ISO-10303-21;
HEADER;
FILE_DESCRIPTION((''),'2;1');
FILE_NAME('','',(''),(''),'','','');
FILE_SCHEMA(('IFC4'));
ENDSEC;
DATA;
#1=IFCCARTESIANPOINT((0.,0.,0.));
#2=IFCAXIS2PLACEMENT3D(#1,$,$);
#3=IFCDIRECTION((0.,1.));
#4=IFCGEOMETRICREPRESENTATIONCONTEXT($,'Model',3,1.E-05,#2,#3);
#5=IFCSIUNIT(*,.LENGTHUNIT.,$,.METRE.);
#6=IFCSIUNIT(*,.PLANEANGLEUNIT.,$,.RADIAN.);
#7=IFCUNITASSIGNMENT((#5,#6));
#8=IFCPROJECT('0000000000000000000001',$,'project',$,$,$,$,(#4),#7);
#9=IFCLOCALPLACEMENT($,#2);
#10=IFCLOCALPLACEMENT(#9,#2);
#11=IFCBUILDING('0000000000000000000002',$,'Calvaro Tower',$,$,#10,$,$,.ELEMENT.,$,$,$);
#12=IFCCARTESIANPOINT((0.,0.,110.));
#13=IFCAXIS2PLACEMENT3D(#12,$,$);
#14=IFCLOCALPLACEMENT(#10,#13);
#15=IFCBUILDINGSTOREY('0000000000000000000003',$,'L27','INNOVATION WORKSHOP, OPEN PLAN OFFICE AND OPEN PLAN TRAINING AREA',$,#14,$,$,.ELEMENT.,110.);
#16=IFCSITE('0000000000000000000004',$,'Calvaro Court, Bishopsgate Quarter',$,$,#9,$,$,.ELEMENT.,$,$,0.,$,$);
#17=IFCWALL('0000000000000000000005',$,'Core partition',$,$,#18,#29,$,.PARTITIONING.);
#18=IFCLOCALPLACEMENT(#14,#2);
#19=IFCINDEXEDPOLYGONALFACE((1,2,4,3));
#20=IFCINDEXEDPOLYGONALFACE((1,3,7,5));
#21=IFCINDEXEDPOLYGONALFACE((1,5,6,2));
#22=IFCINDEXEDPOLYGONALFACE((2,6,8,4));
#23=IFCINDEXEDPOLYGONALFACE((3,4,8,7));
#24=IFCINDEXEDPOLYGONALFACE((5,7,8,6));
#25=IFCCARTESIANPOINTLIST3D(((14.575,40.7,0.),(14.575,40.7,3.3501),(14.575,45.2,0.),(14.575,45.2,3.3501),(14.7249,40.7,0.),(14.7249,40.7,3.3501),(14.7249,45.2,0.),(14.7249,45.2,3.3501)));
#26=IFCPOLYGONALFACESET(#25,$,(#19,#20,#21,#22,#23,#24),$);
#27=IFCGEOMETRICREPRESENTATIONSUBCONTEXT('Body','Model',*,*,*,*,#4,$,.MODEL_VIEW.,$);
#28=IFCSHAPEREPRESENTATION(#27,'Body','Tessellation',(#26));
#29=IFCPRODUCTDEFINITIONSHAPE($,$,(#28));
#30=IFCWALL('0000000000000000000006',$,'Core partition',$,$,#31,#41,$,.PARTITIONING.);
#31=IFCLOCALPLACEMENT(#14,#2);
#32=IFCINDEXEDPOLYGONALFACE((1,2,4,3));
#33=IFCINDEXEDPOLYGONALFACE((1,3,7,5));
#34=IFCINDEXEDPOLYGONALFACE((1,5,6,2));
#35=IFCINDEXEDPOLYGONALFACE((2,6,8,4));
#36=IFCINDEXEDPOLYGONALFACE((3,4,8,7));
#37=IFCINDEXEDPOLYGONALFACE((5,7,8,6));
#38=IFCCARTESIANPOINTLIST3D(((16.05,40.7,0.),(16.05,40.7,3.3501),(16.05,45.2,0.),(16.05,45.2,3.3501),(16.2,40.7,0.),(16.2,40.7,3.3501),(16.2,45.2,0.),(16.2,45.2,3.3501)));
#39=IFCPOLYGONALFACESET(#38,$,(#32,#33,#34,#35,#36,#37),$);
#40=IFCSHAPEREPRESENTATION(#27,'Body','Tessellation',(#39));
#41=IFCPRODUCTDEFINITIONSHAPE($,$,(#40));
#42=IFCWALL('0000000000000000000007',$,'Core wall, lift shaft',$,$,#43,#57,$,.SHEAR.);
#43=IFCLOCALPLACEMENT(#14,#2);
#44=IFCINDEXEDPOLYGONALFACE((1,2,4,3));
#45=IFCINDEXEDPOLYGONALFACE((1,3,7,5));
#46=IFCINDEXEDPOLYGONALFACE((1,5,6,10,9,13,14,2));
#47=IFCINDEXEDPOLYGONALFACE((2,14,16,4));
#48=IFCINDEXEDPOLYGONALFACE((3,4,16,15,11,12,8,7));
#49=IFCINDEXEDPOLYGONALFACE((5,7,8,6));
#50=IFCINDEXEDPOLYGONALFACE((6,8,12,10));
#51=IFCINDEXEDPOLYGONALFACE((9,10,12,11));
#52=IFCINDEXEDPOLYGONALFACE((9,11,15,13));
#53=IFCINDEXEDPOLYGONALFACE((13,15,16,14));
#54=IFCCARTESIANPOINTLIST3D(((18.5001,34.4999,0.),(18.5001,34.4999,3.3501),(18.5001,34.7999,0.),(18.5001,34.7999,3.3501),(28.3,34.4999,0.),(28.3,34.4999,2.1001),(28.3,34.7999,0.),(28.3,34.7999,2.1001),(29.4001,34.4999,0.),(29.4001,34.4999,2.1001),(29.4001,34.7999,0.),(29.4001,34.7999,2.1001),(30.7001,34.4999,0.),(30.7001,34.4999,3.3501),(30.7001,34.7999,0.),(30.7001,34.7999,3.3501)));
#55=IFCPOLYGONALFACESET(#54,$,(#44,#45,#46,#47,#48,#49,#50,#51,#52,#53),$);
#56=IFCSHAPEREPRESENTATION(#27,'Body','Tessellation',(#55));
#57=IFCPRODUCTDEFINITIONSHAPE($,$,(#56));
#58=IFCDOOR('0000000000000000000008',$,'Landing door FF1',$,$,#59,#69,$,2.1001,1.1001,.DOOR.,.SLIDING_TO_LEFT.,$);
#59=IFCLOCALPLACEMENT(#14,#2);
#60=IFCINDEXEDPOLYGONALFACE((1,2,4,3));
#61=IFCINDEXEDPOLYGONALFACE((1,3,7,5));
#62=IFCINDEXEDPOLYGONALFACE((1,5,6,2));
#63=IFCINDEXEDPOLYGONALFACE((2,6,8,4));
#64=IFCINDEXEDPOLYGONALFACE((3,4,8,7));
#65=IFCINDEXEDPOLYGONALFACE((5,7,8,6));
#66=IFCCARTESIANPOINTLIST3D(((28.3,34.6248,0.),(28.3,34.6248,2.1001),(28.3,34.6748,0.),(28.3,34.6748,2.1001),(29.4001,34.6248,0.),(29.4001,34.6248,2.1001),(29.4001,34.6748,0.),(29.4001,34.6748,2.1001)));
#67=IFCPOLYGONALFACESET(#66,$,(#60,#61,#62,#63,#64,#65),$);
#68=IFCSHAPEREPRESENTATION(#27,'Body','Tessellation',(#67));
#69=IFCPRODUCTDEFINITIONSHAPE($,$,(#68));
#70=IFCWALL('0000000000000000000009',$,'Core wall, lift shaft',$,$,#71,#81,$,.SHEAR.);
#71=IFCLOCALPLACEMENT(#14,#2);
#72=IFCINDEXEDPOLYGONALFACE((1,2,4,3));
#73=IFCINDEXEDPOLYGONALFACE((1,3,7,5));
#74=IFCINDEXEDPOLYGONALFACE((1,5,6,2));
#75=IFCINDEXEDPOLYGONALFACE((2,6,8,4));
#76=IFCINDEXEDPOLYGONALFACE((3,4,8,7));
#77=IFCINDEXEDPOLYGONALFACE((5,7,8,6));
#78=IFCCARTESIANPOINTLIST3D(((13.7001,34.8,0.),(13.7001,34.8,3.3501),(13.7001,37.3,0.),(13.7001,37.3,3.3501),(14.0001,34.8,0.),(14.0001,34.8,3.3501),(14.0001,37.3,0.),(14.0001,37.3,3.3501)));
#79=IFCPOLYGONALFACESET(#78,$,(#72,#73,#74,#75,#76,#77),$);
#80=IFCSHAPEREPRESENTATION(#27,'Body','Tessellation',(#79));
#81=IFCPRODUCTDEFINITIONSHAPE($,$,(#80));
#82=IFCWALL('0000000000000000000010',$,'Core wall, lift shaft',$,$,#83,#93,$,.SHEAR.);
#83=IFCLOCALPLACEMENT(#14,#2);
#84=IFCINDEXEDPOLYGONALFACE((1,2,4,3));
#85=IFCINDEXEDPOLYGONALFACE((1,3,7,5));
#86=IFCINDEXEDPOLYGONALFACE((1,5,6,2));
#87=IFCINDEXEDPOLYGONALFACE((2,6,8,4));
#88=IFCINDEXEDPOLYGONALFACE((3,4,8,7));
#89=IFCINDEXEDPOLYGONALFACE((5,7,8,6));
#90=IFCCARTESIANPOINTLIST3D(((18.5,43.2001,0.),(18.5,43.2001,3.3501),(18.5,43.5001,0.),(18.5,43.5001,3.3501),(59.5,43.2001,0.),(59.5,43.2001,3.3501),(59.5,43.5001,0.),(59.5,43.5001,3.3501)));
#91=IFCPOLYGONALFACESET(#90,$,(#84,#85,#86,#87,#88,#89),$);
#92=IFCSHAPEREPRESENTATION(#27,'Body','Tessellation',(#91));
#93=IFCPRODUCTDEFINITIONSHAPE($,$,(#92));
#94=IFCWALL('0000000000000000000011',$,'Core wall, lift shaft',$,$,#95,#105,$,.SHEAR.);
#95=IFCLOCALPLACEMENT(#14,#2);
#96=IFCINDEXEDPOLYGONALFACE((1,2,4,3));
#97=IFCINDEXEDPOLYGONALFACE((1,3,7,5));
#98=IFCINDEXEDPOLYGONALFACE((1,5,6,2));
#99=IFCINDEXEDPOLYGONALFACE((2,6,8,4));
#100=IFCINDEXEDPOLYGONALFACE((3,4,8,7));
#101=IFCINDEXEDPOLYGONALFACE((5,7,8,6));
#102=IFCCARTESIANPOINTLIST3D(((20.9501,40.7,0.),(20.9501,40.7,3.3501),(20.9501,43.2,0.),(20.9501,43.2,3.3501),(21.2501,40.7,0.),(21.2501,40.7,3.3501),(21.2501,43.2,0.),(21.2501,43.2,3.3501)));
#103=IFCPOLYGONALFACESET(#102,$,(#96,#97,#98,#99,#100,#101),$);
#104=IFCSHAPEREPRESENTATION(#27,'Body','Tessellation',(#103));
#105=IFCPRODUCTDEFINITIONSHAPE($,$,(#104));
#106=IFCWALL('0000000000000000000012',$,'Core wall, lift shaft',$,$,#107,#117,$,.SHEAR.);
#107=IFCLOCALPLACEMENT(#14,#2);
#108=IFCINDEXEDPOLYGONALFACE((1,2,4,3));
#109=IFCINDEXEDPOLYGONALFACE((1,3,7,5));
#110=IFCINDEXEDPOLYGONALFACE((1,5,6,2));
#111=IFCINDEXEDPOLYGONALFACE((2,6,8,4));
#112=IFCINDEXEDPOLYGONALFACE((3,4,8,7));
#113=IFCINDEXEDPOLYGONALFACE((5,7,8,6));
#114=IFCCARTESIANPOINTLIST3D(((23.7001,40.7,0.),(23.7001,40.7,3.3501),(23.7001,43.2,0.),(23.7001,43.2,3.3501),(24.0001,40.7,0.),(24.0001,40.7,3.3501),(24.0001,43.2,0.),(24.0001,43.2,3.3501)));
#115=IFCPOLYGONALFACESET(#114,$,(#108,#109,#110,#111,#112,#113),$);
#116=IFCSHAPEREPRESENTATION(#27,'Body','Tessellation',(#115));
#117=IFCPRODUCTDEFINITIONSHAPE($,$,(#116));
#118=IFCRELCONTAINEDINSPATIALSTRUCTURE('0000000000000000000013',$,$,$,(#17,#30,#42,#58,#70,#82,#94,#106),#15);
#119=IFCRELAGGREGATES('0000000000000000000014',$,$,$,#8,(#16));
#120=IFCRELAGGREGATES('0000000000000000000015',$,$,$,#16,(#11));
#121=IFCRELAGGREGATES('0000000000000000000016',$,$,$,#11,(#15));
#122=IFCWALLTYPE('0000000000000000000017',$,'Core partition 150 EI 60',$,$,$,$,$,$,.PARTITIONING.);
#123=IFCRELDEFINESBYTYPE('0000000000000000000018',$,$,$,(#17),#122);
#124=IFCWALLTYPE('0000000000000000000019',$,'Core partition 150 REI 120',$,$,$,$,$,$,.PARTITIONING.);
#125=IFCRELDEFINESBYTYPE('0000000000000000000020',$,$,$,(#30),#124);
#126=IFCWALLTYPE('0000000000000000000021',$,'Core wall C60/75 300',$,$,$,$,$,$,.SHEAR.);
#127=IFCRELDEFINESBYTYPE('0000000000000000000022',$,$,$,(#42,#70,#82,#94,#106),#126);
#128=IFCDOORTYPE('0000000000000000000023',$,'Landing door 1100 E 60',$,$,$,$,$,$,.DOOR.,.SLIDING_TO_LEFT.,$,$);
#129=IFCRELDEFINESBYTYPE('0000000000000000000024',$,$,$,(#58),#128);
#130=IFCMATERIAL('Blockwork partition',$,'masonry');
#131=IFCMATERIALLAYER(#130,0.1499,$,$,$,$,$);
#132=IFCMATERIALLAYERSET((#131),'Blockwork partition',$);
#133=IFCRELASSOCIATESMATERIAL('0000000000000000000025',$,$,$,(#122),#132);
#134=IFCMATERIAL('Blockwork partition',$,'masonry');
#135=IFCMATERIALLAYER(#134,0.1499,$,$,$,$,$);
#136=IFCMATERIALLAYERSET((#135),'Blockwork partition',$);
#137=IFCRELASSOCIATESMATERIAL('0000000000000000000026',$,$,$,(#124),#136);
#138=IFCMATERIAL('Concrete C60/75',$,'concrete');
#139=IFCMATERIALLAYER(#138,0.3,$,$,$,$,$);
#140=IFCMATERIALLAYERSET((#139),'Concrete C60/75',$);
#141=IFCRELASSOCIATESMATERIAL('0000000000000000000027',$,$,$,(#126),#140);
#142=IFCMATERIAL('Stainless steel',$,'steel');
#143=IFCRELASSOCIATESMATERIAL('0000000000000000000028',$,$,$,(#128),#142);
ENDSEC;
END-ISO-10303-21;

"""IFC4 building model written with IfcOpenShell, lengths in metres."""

from ifc_helpers import new_model, si_unit, direction, frame, frame_2d, origin, place, context, subcontext, project, spatial, rectangle, extrude, material, layer, layer_set, type_object, element, fill, save


model = new_model("IFC4")

# Units and contexts
model_context = context("Model", 3, precision=1e-05, world=origin(), true_north=direction((0.0, 1.0)))
body_context = subcontext(model_context, "Body", "Model", "MODEL_VIEW")
ifc_project = project(units=[si_unit("LENGTHUNIT", "METRE"), si_unit("PLANEANGLEUNIT", "RADIAN")], contexts=[model_context])

# Site, building, storey
site_placement = place(None, origin())
site = spatial("IfcSite", under=ifc_project, at=site_placement, Name="Calvaro Court, Bishopsgate Quarter", CompositionType="ELEMENT", RefElevation=0.0)
building_placement = place(site_placement, origin())
building = spatial("IfcBuilding", under=site, at=building_placement, Name="Calvaro Tower", CompositionType="ELEMENT")
storey_placement = place(building_placement, frame((0.0, 0.0, 110.0)))
storey = spatial("IfcBuildingStorey", under=building, at=storey_placement, Name="L27", Description="INNOVATION WORKSHOP, OPEN PLAN OFFICE AND OPEN PLAN TRAINING AREA", CompositionType="ELEMENT", Elevation=110.0)

# Walls
ifc_material_1 = material(Name="Blockwork partition", Category="masonry")
ifc_layer_1 = layer(ifc_material_1, 0.1499)
ifc_layer_set_1 = layer_set([ifc_layer_1], Name="Blockwork partition")
wall_type_1 = type_object("IfcWallType", Name="Core partition 150 EI 60", PredefinedType="PARTITIONING", material=ifc_layer_set_1)
wall_1_placement = place(storey_placement, frame((14.6499, 40.7, 0.0), z_axis=(0.0, 0.0, 1.0), x_axis=(0.0, 1.0, 0.0)))
element("IfcWall", 1, at=wall_1_placement, inside=storey, type_object=wall_type_1, Name="Core partition", PredefinedType="PARTITIONING", context=body_context, shape_type="SweptSolid", body=[
    extrude(rectangle(XDim=4.5, YDim=0.1499, at=frame_2d((2.25, 0.0))), origin(), (0.0, 0.0, 1.0), 3.3501),
])
ifc_material_2 = material(Name="Blockwork partition", Category="masonry")
ifc_layer_2 = layer(ifc_material_2, 0.1499)
ifc_layer_set_2 = layer_set([ifc_layer_2], Name="Blockwork partition")
wall_type_2 = type_object("IfcWallType", Name="Core partition 150 REI 120", PredefinedType="PARTITIONING", material=ifc_layer_set_2)
wall_2_placement = place(storey_placement, frame((16.125, 40.7, 0.0), z_axis=(0.0, 0.0, 1.0), x_axis=(0.0, 1.0, 0.0)))
element("IfcWall", 2, at=wall_2_placement, inside=storey, type_object=wall_type_2, Name="Core partition", PredefinedType="PARTITIONING", context=body_context, shape_type="SweptSolid", body=[
    extrude(rectangle(XDim=4.5, YDim=0.1499, at=frame_2d((2.25, 0.0))), origin(), (0.0, 0.0, 1.0), 3.3501),
])

# Wall, opening, door
ifc_material_3 = material(Name="Concrete C60/75", Category="concrete")
ifc_layer_3 = layer(ifc_material_3, 0.3)
ifc_layer_set_3 = layer_set([ifc_layer_3], Name="Concrete C60/75")
wall_type_3 = type_object("IfcWallType", Name="Core wall C60/75 300", PredefinedType="SHEAR", material=ifc_layer_set_3)
wall_3_placement = place(storey_placement, frame((18.5, 34.6499, 0.0), z_axis=(0.0, 0.0, 1.0), x_axis=(1.0, 0.0, 0.0)))
wall_3 = element("IfcWall", 3, at=wall_3_placement, inside=storey, type_object=wall_type_3, Name="Core wall, lift shaft", PredefinedType="SHEAR", context=body_context, shape_type="SweptSolid", body=[
    extrude(rectangle(XDim=12.2, YDim=0.3, at=frame_2d((6.1001, 0.0))), origin(), (0.0, 0.0, 1.0), 3.3501),
])
opening_1_placement = place(wall_3_placement, frame((9.8, 0.0, 0.0)))
opening_1 = element("IfcOpeningElement", 4, at=opening_1_placement, cuts=wall_3, PredefinedType="OPENING", context=body_context, shape_type="SweptSolid", body=[
    extrude(rectangle(XDim=1.1001, YDim=2.1001, at=frame_2d((0.55, 1.05))), frame((0.0, 0.1599, 0.0), z_axis=(0.0, -1.0, 0.0), x_axis=(1.0, 0.0, 0.0)), (0.0, 0.0, 1.0), 0.3201),
])
ifc_material_4 = material(Name="Stainless steel", Category="steel")
door_type_1 = type_object("IfcDoorType", Name="Landing door 1100 E 60", OperationType="SLIDING_TO_LEFT", PredefinedType="DOOR", material=ifc_material_4)
door_1_placement = place(opening_1_placement, origin())
door_1 = element("IfcDoor", 5, at=door_1_placement, inside=storey, type_object=door_type_1, Name="Landing door FF1", OperationType="SLIDING_TO_LEFT", OverallHeight=2.1001, OverallWidth=1.1001, PredefinedType="DOOR", context=body_context, shape_type="SweptSolid", body=[
    extrude(rectangle(XDim=1.1001, YDim=2.1001, at=frame_2d((0.55, 1.05))), frame((0.0, 0.0249, 0.0), z_axis=(0.0, -1.0, 0.0), x_axis=(1.0, 0.0, 0.0)), (0.0, 0.0, 1.0), 0.05),
])
fill(opening_1, door_1)

# Wall
wall_4_placement = place(storey_placement, frame((13.8501, 34.8, 0.0), z_axis=(0.0, 0.0, 1.0), x_axis=(0.0, 1.0, 0.0)))
element("IfcWall", 6, at=wall_4_placement, inside=storey, type_object=wall_type_3, Name="Core wall, lift shaft", PredefinedType="SHEAR", context=body_context, shape_type="SweptSolid", body=[
    extrude(rectangle(XDim=2.5, YDim=0.3, at=frame_2d((1.25, 0.0))), origin(), (0.0, 0.0, 1.0), 3.3501),
])

# Walls
wall_5_placement = place(storey_placement, frame((18.5, 43.3501, 0.0), z_axis=(0.0, 0.0, 1.0), x_axis=(1.0, 0.0, 0.0)))
element("IfcWall", 7, at=wall_5_placement, inside=storey, type_object=wall_type_3, Name="Core wall, lift shaft", PredefinedType="SHEAR", context=body_context, shape_type="SweptSolid", body=[
    extrude(rectangle(XDim=41.0, YDim=0.3, at=frame_2d((20.5, 0.0))), origin(), (0.0, 0.0, 1.0), 3.3501),
])
for number, where, z_axis, x_axis, name in (
    (8, (21.1001, 40.7, 0.0), (0.0, 0.0, 1.0), (0.0, 1.0, 0.0), "Core wall, lift shaft"),
    (9, (23.8501, 40.7, 0.0), (0.0, 0.0, 1.0), (0.0, 1.0, 0.0), "Core wall, lift shaft"),
):
    element("IfcWall", number, at=place(storey_placement, frame(where, z_axis=z_axis, x_axis=x_axis)), inside=storey, type_object=wall_type_3, Name=name, PredefinedType="SHEAR", context=body_context, shape_type="SweptSolid", body=[
        extrude(rectangle(XDim=2.5, YDim=0.3, at=frame_2d((1.25, 0.0))), origin(), (0.0, 0.0, 1.0), 3.3501),
    ])

save(model, "model.ifc")
